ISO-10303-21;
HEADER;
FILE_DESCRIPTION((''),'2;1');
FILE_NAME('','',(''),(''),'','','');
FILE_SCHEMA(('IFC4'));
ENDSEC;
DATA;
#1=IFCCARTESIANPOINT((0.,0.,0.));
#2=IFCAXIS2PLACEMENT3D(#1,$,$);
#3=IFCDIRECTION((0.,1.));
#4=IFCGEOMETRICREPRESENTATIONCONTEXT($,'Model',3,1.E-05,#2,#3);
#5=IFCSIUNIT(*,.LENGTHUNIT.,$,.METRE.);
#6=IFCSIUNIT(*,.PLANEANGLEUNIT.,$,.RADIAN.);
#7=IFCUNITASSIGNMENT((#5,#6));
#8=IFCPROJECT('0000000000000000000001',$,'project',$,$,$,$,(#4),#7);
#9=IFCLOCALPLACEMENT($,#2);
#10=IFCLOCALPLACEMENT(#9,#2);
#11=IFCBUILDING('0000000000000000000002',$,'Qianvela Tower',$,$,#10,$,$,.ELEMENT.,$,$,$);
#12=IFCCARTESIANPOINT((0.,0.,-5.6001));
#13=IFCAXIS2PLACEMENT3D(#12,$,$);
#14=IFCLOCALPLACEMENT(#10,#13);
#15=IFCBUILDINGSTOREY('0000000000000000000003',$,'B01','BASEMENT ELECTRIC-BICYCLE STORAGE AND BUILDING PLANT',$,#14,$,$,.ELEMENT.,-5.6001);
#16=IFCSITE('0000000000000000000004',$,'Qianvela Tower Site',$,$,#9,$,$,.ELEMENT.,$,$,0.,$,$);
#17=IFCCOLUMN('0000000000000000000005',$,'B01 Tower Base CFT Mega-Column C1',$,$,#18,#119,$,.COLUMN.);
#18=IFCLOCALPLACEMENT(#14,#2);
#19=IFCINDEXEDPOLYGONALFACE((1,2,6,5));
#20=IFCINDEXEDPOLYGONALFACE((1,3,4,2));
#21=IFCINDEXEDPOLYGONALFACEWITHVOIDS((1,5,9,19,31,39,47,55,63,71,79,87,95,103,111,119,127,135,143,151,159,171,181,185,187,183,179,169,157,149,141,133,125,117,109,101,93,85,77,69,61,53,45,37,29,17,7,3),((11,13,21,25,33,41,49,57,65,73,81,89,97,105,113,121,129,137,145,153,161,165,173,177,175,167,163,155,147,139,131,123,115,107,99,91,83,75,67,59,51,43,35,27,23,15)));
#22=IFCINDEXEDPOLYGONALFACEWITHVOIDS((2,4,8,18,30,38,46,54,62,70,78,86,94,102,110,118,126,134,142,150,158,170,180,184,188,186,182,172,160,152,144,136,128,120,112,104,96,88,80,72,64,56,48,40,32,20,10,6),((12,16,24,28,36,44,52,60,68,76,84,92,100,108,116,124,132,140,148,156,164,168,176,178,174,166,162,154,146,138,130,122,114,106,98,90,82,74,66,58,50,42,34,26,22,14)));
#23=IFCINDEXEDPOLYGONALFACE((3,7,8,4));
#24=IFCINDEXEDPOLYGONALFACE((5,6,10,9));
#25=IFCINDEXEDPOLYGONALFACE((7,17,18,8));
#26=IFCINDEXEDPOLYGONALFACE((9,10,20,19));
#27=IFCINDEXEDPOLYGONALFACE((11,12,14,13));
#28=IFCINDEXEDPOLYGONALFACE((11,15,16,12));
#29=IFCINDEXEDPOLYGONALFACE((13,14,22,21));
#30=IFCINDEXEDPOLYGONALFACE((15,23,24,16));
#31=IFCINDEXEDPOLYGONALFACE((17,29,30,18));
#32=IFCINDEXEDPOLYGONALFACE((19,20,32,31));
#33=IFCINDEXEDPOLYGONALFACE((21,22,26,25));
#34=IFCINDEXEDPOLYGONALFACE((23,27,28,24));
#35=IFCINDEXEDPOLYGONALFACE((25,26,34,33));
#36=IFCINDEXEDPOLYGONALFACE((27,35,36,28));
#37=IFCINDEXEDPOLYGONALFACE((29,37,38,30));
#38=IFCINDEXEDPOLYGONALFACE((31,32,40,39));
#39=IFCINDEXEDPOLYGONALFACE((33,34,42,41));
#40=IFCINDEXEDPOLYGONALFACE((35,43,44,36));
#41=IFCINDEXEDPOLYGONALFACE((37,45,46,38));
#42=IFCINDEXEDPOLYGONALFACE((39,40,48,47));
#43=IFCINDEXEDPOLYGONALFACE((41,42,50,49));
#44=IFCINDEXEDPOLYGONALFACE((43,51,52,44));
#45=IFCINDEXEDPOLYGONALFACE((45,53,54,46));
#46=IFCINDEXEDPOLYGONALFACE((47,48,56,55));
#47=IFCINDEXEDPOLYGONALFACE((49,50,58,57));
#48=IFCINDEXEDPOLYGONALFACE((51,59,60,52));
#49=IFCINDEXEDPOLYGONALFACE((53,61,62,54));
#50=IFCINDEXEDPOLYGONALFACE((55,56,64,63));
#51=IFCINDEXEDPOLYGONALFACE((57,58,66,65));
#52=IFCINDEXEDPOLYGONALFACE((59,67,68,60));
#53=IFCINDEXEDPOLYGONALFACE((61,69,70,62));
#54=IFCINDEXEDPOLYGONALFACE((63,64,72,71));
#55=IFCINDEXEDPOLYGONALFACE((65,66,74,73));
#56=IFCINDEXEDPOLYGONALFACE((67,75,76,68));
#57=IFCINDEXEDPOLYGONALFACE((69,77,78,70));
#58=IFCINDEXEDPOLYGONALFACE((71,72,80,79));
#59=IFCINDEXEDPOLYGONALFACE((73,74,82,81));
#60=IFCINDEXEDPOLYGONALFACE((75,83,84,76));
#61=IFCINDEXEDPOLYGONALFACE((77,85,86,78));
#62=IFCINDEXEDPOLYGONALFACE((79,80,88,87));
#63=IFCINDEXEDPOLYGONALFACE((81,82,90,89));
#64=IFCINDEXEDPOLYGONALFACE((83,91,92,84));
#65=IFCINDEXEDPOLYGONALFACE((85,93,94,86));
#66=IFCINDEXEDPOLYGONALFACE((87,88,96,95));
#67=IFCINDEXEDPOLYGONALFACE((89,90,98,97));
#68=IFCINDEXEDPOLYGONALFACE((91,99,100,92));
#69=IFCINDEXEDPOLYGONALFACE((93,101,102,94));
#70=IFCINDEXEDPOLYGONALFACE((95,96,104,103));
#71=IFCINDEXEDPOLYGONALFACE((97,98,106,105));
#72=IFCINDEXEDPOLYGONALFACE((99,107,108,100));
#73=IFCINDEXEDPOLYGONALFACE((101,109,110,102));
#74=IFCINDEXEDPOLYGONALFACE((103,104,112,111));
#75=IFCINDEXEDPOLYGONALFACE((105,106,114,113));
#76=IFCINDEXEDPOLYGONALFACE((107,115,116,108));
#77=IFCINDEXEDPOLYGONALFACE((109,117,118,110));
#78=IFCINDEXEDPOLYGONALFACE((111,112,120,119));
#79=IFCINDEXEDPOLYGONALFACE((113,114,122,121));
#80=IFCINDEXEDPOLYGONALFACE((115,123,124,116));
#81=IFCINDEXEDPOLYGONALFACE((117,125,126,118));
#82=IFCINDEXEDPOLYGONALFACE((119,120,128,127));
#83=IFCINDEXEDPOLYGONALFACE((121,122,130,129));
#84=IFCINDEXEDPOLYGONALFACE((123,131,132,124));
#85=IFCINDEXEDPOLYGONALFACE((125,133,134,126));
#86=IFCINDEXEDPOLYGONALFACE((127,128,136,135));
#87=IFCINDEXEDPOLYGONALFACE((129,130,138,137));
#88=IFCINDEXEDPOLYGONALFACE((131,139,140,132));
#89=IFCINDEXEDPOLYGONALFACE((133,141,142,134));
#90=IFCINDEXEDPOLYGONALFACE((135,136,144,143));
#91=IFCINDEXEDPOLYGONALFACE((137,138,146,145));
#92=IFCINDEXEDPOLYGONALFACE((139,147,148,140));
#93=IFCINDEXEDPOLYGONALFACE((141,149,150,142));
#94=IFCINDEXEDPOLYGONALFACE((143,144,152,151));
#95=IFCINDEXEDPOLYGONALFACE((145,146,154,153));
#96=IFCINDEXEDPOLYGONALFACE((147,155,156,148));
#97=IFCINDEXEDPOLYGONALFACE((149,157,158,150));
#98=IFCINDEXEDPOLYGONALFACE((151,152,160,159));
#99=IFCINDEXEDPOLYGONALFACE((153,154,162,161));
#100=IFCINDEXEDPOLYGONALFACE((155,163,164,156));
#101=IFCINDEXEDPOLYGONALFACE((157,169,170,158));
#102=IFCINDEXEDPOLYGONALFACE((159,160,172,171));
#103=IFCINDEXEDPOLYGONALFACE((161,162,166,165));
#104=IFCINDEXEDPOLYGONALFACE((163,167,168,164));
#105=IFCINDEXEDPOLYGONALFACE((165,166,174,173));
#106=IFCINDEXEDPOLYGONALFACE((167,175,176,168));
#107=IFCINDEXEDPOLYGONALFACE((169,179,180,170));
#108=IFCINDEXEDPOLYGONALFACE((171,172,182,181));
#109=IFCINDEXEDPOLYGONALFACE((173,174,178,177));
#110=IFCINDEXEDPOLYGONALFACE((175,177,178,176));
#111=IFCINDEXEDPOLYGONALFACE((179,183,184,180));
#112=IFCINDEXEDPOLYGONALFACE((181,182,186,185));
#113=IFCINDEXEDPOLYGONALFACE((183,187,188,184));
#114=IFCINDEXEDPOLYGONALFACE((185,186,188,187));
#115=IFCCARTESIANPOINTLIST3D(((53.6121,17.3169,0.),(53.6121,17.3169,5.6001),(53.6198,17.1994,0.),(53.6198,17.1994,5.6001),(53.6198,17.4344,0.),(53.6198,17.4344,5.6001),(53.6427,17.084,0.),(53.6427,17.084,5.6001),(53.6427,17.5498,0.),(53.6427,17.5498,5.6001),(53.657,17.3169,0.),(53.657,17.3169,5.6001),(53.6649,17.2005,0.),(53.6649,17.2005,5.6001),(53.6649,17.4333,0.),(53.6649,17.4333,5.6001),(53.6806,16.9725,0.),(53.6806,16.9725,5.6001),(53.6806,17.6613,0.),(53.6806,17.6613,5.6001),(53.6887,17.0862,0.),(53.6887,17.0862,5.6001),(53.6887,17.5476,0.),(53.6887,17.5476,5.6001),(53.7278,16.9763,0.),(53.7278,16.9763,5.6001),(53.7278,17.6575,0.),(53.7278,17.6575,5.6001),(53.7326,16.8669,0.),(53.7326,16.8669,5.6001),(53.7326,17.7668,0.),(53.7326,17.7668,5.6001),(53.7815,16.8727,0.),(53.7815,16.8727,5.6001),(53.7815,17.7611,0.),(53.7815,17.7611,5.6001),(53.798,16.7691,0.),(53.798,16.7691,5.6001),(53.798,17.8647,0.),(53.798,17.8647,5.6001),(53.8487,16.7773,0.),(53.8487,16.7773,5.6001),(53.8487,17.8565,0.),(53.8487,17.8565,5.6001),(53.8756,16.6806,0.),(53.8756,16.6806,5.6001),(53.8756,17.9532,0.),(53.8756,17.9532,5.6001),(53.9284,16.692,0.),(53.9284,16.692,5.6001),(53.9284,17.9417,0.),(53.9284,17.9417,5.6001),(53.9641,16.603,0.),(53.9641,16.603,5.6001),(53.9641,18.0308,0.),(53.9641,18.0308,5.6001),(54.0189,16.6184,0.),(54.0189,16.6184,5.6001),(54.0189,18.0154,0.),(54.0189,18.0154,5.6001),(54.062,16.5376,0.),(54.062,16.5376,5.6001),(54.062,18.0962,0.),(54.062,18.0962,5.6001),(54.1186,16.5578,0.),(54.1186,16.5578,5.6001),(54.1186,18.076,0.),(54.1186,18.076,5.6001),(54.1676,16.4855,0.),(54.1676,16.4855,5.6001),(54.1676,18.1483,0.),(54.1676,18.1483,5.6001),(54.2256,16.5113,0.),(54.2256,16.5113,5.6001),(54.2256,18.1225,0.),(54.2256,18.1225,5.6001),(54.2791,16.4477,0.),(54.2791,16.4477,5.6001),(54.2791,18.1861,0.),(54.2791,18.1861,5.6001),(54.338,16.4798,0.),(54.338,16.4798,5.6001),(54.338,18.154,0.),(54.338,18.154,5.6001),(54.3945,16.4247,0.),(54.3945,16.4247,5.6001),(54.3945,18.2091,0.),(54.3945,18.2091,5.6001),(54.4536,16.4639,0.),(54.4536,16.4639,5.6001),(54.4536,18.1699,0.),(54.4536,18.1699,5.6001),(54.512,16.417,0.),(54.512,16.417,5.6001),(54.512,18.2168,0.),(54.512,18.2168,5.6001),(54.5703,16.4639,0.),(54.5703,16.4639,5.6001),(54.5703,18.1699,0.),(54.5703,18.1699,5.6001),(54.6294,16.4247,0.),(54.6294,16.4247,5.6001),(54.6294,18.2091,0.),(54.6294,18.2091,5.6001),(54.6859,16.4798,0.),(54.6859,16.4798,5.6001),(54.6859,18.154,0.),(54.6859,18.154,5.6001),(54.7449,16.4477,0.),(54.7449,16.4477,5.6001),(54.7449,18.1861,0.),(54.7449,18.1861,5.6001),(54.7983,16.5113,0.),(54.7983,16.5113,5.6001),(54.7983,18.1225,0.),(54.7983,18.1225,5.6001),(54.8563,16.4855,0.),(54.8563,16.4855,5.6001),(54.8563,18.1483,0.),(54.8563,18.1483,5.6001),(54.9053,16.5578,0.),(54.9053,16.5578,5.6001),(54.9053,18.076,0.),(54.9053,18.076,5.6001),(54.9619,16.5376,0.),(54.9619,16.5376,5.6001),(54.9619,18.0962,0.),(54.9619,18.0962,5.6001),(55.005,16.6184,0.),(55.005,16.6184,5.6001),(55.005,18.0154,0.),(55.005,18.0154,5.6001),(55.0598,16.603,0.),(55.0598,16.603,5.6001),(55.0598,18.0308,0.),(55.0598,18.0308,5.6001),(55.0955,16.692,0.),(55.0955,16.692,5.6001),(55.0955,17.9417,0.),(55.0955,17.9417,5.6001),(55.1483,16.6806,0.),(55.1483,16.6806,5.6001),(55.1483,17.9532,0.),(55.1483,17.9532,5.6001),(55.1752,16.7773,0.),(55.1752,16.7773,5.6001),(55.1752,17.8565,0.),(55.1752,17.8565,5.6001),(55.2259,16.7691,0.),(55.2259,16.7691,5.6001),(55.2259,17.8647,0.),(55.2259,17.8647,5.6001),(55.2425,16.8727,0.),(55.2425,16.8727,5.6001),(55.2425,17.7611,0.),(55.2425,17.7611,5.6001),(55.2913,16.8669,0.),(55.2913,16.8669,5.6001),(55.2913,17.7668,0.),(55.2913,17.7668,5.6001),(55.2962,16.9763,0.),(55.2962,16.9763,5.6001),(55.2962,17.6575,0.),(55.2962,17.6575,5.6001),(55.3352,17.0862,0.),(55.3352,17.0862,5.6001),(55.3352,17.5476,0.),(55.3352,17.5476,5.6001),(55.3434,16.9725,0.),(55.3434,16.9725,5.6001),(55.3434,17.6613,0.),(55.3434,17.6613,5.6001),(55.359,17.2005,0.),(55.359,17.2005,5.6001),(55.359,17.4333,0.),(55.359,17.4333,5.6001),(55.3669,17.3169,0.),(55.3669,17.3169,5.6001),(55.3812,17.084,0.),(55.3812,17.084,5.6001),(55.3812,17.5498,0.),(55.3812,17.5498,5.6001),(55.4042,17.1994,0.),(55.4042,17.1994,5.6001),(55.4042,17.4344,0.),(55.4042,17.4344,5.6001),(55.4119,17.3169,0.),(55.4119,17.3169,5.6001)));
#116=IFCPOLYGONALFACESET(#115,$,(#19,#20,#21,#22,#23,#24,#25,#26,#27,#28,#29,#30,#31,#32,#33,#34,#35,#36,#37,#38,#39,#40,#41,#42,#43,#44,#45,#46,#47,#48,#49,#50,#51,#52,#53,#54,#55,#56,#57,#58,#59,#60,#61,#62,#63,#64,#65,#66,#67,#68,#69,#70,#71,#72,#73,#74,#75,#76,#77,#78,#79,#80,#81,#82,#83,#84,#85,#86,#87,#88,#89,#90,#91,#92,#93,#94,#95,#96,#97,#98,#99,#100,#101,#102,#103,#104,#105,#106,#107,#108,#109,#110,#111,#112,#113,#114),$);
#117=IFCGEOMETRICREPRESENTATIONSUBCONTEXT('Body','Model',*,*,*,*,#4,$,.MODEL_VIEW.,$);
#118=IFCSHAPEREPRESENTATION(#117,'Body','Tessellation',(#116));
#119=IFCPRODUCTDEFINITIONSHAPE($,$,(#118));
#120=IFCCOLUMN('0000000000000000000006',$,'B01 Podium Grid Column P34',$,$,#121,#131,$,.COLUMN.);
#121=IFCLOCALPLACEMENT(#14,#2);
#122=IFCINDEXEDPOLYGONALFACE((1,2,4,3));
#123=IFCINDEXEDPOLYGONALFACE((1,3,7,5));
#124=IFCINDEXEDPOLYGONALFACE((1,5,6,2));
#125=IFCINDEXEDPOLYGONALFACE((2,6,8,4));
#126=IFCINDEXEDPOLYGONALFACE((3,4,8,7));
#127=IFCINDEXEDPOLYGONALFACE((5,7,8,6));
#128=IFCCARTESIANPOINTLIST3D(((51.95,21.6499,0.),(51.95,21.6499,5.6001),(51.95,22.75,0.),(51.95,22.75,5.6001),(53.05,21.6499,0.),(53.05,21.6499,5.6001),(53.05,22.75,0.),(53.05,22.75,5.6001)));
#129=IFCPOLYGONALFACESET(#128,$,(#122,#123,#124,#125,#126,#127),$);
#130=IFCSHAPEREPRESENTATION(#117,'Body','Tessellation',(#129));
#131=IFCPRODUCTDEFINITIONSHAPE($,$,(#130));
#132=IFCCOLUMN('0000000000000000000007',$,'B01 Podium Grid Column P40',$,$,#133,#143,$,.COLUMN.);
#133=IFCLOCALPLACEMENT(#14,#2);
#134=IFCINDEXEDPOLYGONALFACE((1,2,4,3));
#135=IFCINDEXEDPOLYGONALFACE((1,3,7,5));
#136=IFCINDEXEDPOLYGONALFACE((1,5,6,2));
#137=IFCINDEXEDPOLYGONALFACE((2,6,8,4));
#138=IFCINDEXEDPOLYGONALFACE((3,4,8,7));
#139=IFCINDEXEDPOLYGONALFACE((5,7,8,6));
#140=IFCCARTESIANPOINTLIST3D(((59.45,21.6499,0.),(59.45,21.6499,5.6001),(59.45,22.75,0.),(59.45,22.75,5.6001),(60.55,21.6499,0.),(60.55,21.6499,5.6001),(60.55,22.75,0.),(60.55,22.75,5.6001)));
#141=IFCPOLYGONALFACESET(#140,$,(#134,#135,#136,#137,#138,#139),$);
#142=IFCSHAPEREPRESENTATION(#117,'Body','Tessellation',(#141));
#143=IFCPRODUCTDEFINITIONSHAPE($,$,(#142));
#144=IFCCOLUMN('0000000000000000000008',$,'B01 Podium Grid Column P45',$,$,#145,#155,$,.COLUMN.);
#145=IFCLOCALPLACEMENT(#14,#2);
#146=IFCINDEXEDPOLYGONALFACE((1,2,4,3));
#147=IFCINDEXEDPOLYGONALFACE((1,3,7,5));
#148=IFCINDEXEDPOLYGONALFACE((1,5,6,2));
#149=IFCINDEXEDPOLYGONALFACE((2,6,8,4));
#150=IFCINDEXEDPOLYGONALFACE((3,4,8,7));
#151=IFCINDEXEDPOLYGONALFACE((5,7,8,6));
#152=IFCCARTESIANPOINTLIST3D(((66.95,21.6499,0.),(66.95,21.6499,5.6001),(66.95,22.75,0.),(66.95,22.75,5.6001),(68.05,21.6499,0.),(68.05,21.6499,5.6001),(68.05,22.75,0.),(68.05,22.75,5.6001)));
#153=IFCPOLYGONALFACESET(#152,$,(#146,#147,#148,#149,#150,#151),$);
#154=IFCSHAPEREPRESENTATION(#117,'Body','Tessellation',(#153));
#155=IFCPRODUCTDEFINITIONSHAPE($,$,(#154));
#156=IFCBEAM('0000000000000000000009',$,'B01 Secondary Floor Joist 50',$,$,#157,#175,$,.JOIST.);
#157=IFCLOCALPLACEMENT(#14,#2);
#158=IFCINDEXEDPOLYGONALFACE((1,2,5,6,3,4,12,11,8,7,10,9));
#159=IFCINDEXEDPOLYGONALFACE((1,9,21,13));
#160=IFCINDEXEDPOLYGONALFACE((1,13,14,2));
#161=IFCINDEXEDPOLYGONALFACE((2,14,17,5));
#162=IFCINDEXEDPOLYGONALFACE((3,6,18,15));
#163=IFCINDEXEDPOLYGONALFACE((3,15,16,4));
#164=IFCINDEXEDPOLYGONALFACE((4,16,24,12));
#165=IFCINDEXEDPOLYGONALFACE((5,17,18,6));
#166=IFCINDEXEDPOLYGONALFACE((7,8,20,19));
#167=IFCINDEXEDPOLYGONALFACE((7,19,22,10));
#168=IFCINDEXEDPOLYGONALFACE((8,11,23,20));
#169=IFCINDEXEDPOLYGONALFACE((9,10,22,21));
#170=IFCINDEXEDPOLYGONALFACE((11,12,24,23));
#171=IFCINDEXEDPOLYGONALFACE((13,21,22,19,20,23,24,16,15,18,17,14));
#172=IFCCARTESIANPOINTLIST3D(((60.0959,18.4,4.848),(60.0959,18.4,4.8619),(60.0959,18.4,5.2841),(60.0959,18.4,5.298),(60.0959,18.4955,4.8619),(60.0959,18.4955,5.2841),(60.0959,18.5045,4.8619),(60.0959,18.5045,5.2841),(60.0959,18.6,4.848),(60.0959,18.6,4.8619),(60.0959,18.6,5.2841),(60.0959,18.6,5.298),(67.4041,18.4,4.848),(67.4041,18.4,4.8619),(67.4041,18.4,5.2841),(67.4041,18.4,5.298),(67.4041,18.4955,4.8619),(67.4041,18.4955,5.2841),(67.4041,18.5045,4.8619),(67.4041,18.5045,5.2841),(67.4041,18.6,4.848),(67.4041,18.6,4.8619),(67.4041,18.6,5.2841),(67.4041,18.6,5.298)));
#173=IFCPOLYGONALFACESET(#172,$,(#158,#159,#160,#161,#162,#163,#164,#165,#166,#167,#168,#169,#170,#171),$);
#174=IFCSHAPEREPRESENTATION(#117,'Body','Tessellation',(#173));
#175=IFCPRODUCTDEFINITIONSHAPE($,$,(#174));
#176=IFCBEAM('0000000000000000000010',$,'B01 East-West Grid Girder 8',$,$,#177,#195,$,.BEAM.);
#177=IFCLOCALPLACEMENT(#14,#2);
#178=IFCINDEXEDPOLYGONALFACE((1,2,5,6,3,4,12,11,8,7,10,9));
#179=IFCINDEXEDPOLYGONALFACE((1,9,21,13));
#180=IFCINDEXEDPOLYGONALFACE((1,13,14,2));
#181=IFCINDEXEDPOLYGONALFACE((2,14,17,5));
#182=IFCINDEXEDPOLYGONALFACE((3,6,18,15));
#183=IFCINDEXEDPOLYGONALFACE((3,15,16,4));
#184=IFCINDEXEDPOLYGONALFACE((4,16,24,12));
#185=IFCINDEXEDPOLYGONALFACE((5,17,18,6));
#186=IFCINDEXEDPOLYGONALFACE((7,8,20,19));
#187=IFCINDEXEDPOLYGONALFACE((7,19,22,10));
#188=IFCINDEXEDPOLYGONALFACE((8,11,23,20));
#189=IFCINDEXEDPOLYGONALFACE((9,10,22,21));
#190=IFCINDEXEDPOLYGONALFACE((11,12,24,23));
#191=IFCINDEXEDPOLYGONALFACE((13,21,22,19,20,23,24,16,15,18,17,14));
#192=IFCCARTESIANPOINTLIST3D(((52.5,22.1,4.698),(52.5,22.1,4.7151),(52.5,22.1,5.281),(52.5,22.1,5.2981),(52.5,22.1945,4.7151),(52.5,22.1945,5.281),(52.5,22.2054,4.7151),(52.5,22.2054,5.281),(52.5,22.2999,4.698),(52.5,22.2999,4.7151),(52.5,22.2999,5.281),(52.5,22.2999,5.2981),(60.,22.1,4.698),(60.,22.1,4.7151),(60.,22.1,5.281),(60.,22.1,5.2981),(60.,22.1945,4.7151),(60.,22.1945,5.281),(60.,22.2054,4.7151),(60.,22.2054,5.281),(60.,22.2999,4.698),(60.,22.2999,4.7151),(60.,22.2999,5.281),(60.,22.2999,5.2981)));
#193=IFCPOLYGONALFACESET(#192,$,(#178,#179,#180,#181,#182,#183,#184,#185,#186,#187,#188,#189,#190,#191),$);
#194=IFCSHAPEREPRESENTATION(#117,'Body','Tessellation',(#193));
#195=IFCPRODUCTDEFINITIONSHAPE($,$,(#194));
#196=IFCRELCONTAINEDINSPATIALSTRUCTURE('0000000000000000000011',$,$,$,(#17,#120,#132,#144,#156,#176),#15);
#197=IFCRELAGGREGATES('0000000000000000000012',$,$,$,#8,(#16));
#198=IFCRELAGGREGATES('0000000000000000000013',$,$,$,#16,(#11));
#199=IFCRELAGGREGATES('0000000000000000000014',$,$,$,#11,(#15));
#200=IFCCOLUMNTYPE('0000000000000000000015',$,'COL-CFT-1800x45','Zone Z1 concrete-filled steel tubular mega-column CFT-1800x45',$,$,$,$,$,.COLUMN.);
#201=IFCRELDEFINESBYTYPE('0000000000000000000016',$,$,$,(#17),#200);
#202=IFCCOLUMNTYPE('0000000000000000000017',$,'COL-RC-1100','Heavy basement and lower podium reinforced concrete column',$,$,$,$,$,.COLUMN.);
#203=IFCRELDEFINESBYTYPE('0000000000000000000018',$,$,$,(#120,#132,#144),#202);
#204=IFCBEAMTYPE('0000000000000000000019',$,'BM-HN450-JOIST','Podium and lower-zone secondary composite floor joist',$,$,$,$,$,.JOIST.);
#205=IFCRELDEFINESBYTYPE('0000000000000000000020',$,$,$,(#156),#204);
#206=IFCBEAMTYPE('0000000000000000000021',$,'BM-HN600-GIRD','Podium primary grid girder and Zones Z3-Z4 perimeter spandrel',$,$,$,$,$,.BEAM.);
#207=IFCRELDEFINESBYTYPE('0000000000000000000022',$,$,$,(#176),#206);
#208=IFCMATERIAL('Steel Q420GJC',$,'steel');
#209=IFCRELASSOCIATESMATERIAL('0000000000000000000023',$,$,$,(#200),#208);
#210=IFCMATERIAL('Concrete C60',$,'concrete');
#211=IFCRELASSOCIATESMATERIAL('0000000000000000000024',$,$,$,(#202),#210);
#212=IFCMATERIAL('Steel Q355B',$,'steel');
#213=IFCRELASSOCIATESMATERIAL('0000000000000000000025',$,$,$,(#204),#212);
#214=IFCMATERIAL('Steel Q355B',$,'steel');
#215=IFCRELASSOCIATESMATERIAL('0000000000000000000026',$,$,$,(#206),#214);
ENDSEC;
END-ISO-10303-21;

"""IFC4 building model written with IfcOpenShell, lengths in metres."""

from ifc_helpers import new_model, si_unit, direction, frame, origin, origin_2d, place, context, subcontext, project, spatial, rectangle, hollow_circle, i_section, extrude, material, material_profile, profile_set, type_object, element, save


model = new_model("IFC4")

# Units and contexts
model_context = context("Model", 3, precision=1e-05, world=origin(), true_north=direction((0.0, 1.0)))
body_context = subcontext(model_context, "Body", "Model", "MODEL_VIEW")
ifc_project = project(units=[si_unit("LENGTHUNIT", "METRE"), si_unit("PLANEANGLEUNIT", "RADIAN")], contexts=[model_context])

# Site, building, storey
site_placement = place(None, origin())
site = spatial("IfcSite", under=ifc_project, at=site_placement, Name="Qianvela Tower Site", CompositionType="ELEMENT", RefElevation=0.0)
building_placement = place(site_placement, origin())
building = spatial("IfcBuilding", under=site, at=building_placement, Name="Qianvela Tower", CompositionType="ELEMENT")
storey_placement = place(building_placement, frame((0.0, 0.0, -5.6001)))
storey = spatial("IfcBuildingStorey", under=building, at=storey_placement, Name="B01", Description="BASEMENT ELECTRIC-BICYCLE STORAGE AND BUILDING PLANT", CompositionType="ELEMENT", Elevation=-5.6001)

# Columns
ifc_material_1 = material(Name="Steel Q420GJC", Category="steel")
ifc_material_profile_1 = material_profile(ifc_material_1, hollow_circle(Radius=0.8999, WallThickness=0.0449, at=origin_2d()), Name="CFT-1800x45")
ifc_profile_set_1 = profile_set([ifc_material_profile_1], Name="Steel Q420GJC")
column_type_1 = type_object("IfcColumnType", Name="COL-CFT-1800x45", Description="Zone Z1 concrete-filled steel tubular mega-column CFT-1800x45", PredefinedType="COLUMN", material=ifc_profile_set_1)
column_placement = place(storey_placement, frame((54.512, 17.3169, 0.0), z_axis=(0.0, 0.0, 1.0), x_axis=(1.0, 0.0, 0.0)))
element("IfcColumn", 1, at=column_placement, inside=storey, type_object=column_type_1, Name="B01 Tower Base CFT Mega-Column C1", PredefinedType="COLUMN", context=body_context, shape_type="SweptSolid", body=[
    extrude(hollow_circle(Radius=0.8999, WallThickness=0.0449, at=origin_2d()), origin(), (0.0, 0.0, 1.0), 5.6001),
])
ifc_material_2 = material(Name="Concrete C60", Category="concrete")
ifc_material_profile_2 = material_profile(ifc_material_2, rectangle(XDim=1.1001, YDim=1.1001, at=origin_2d()), Name="RC-COL-1100x1100")
ifc_profile_set_2 = profile_set([ifc_material_profile_2], Name="Concrete C60")
column_type_2 = type_object("IfcColumnType", Name="COL-RC-1100", Description="Heavy basement and lower podium reinforced concrete column", PredefinedType="COLUMN", material=ifc_profile_set_2)
for number, where, z_axis, x_axis, name in (
    (2, (52.5, 22.2, 0.0), (0.0, 0.0, 1.0), (1.0, 0.0, 0.0), "B01 Podium Grid Column P34"),
    (3, (60.0, 22.2, 0.0), (0.0, 0.0, 1.0), (1.0, 0.0, 0.0), "B01 Podium Grid Column P40"),
    (4, (67.5, 22.2, 0.0), (0.0, 0.0, 1.0), (1.0, 0.0, 0.0), "B01 Podium Grid Column P45"),
):
    element("IfcColumn", number, at=place(storey_placement, frame(where, z_axis=z_axis, x_axis=x_axis)), inside=storey, type_object=column_type_2, Name=name, PredefinedType="COLUMN", context=body_context, shape_type="SweptSolid", body=[
        extrude(rectangle(XDim=1.1001, YDim=1.1001, at=origin_2d()), origin(), (0.0, 0.0, 1.0), 5.6001),
    ])

# Beams
ifc_material_3 = material(Name="Steel Q355B", Category="steel")
ifc_material_profile_3 = material_profile(ifc_material_3, i_section(OverallWidth=0.2, OverallDepth=0.45, WebThickness=0.009, FlangeThickness=0.0139, at=origin_2d()), Name="HN450x200x9x14")
ifc_profile_set_3 = profile_set([ifc_material_profile_3], Name="Steel Q355B")
beam_type_1 = type_object("IfcBeamType", Name="BM-HN450-JOIST", Description="Podium and lower-zone secondary composite floor joist", PredefinedType="JOIST", material=ifc_profile_set_3)
beam_placement = place(storey_placement, frame((60.0959, 18.5, 5.073), z_axis=(1.0, 0.0, 0.0), x_axis=(0.0, 1.0, 0.0)))
element("IfcBeam", 5, at=beam_placement, inside=storey, type_object=beam_type_1, Name="B01 Secondary Floor Joist 50", PredefinedType="JOIST", context=body_context, shape_type="SweptSolid", body=[
    extrude(i_section(OverallWidth=0.2, OverallDepth=0.45, WebThickness=0.009, FlangeThickness=0.0139, at=origin_2d()), origin(), (0.0, 0.0, 1.0), 7.3081),
])
ifc_material_4 = material(Name="Steel Q355B", Category="steel")
ifc_material_profile_4 = material_profile(ifc_material_4, i_section(OverallWidth=0.2, OverallDepth=0.6001, WebThickness=0.011, FlangeThickness=0.0171, at=origin_2d()), Name="HN600x200x11x17")
ifc_profile_set_4 = profile_set([ifc_material_profile_4], Name="Steel Q355B")
beam_type_2 = type_object("IfcBeamType", Name="BM-HN600-GIRD", Description="Podium primary grid girder and Zones Z3-Z4 perimeter spandrel", PredefinedType="BEAM", material=ifc_profile_set_4)
for number, where, z_axis, x_axis, name in (
    (6, (52.5, 22.2, 4.998), (1.0, 0.0, 0.0), (0.0, 1.0, 0.0), "B01 East-West Grid Girder 8"),
):
    element("IfcBeam", number, at=place(storey_placement, frame(where, z_axis=z_axis, x_axis=x_axis)), inside=storey, type_object=beam_type_2, Name=name, PredefinedType="BEAM", context=body_context, shape_type="SweptSolid", body=[
        extrude(i_section(OverallWidth=0.2, OverallDepth=0.6001, WebThickness=0.011, FlangeThickness=0.0171, at=origin_2d()), origin(), (0.0, 0.0, 1.0), 7.5),
    ])

save(model, "model.ifc")
